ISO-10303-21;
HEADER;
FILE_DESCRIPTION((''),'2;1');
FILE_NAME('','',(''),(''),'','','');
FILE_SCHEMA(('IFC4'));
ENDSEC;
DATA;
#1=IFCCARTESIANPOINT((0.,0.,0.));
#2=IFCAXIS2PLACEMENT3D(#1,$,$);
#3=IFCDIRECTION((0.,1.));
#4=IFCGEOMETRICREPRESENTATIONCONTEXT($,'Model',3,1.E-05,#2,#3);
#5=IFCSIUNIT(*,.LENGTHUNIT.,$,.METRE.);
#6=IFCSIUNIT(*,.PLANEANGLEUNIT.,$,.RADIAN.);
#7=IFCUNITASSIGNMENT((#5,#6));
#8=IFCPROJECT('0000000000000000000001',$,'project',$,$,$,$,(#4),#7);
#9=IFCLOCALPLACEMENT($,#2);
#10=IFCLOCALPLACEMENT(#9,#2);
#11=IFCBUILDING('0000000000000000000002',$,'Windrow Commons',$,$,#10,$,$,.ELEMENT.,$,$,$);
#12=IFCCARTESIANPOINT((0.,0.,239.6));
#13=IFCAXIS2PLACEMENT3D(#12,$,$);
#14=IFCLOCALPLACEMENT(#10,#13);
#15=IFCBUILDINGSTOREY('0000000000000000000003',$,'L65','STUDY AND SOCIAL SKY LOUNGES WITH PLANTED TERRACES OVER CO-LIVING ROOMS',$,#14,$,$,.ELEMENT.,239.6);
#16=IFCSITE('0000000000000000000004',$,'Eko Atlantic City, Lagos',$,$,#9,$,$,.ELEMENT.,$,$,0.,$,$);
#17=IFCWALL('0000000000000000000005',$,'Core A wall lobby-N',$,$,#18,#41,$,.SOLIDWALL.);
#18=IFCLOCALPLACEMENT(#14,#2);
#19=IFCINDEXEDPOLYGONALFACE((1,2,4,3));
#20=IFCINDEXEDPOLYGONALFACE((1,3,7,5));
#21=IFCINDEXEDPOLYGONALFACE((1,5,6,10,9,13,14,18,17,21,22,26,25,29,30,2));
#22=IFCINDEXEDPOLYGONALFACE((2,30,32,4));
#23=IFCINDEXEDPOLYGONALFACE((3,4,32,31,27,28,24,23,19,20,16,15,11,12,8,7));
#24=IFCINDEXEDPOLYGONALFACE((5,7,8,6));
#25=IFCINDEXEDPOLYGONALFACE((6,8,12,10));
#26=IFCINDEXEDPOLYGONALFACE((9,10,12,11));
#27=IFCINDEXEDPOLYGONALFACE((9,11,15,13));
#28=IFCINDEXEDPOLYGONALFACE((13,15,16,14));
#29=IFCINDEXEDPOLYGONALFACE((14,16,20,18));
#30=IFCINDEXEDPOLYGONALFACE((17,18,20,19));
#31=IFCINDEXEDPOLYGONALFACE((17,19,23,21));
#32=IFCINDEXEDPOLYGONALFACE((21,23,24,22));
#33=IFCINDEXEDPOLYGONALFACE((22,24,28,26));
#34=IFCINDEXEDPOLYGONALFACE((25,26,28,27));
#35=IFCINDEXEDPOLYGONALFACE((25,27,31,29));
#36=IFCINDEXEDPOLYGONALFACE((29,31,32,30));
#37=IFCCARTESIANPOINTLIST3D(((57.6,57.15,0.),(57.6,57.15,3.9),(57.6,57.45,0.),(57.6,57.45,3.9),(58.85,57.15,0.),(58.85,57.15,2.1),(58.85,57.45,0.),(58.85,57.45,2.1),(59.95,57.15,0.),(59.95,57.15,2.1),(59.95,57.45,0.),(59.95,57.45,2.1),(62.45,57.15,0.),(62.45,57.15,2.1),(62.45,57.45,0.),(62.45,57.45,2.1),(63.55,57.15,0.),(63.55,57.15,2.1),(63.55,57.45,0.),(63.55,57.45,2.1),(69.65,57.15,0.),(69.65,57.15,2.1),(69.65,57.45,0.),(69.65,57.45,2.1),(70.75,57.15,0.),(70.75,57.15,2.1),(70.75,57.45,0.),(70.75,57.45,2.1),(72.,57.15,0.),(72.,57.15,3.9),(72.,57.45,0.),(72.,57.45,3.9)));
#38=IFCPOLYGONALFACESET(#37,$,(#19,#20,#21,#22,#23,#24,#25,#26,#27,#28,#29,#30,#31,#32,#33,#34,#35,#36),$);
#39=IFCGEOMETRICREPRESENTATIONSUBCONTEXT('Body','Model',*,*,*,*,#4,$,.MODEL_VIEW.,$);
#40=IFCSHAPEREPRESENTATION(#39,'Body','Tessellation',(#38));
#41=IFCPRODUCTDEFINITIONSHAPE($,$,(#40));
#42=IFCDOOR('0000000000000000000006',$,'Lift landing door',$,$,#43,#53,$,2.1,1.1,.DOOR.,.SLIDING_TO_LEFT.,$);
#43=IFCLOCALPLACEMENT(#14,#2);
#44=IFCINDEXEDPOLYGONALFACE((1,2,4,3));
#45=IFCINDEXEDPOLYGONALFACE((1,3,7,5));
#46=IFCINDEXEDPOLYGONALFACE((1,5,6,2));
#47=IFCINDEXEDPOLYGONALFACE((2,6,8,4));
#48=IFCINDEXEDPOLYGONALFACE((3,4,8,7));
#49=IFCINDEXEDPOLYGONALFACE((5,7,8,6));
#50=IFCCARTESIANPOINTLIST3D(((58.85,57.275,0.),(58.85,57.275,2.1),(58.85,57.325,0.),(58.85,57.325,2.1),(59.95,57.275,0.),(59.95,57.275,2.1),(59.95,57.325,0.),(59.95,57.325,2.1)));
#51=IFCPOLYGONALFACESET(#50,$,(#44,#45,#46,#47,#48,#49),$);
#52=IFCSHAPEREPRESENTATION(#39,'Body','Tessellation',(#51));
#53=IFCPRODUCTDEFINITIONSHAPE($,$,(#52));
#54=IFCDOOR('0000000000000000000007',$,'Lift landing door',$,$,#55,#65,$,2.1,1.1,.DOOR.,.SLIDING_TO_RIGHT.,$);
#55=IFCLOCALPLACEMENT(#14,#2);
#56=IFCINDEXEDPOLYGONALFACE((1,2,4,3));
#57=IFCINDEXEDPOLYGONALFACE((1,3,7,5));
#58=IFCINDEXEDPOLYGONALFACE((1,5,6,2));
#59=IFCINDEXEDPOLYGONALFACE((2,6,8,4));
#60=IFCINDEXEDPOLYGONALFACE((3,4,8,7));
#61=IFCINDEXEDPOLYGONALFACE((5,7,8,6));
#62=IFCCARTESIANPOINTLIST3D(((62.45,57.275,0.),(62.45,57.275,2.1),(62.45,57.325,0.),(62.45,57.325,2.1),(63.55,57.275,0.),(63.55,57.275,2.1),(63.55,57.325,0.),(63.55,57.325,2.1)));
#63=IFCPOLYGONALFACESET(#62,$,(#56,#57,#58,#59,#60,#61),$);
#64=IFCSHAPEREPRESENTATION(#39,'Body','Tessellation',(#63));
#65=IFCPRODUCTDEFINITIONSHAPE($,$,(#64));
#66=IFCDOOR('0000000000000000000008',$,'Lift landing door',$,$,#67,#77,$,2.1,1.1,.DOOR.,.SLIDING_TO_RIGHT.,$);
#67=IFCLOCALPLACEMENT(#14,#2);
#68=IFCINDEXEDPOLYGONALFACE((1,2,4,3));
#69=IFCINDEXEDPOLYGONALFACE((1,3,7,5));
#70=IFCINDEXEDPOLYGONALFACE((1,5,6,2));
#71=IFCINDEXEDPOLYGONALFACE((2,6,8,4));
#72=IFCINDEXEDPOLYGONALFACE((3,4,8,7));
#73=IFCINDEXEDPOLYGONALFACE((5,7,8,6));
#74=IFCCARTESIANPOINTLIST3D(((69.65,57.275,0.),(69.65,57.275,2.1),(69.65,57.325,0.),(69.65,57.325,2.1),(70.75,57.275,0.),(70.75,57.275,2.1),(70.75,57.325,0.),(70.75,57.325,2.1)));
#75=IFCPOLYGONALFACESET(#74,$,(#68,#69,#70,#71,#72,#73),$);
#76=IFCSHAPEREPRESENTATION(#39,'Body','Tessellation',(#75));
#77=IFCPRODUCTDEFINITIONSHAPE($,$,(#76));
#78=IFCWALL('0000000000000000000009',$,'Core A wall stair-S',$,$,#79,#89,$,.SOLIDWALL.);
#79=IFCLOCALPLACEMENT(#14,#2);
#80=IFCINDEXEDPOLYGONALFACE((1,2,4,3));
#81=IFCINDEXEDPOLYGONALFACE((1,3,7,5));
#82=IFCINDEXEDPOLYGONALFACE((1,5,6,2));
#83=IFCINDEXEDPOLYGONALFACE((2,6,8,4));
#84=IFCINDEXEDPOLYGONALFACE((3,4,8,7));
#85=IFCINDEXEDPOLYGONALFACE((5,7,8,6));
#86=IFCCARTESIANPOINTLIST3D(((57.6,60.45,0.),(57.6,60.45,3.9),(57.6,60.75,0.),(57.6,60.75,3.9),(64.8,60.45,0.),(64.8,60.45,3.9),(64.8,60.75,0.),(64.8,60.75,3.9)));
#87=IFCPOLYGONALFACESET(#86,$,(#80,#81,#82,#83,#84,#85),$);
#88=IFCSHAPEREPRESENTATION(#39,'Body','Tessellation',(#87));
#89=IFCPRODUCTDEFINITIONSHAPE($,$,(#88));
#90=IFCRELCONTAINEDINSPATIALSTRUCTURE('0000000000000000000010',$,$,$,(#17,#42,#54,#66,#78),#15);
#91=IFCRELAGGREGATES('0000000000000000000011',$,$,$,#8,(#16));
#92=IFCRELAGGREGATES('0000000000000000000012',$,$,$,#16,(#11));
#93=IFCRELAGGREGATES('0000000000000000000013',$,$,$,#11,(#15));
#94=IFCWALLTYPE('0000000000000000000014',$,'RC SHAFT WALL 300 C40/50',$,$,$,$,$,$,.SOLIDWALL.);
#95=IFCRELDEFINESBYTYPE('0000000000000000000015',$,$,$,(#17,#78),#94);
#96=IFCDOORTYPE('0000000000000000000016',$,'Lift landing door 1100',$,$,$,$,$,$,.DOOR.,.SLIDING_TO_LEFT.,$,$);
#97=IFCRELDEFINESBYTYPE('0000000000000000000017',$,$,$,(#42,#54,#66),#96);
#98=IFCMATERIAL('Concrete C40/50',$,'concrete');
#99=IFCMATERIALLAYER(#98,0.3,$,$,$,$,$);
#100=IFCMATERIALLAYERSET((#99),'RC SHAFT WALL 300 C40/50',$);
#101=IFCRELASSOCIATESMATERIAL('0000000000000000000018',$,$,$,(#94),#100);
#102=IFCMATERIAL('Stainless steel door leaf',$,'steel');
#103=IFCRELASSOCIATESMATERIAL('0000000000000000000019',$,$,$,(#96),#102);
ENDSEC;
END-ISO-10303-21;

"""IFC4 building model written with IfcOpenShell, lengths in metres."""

from ifc_helpers import new_model, si_unit, direction, frame, frame_2d, origin, place, context, subcontext, project, spatial, rectangle, extrude, material, layer, layer_set, type_object, element, fill, save


model = new_model("IFC4")

# Units and contexts
model_context = context("Model", 3, precision=1e-05, world=origin(), true_north=direction((0.0, 1.0)))
body_context = subcontext(model_context, "Body", "Model", "MODEL_VIEW")
ifc_project = project(units=[si_unit("LENGTHUNIT", "METRE"), si_unit("PLANEANGLEUNIT", "RADIAN")], contexts=[model_context])

# Site, building, storey
site_placement = place(None, origin())
site = spatial("IfcSite", under=ifc_project, at=site_placement, Name="Eko Atlantic City, Lagos", CompositionType="ELEMENT", RefElevation=0.0)
building_placement = place(site_placement, origin())
building = spatial("IfcBuilding", under=site, at=building_placement, Name="Windrow Commons", CompositionType="ELEMENT")
storey_placement = place(building_placement, frame((0.0, 0.0, 239.6)))
storey = spatial("IfcBuildingStorey", under=building, at=storey_placement, Name="L65", Description="STUDY AND SOCIAL SKY LOUNGES WITH PLANTED TERRACES OVER CO-LIVING ROOMS", CompositionType="ELEMENT", Elevation=239.6)

# Shared definitions
ifc_material_1 = material(Name="Concrete C40/50", Category="concrete")
ifc_layer_1 = layer(ifc_material_1, 0.3)
ifc_layer_set_1 = layer_set([ifc_layer_1], Name="RC SHAFT WALL 300 C40/50")
wall_type_1 = type_object("IfcWallType", Name="RC SHAFT WALL 300 C40/50", PredefinedType="SOLIDWALL", material=ifc_layer_set_1)

# Wall, openings, doors
ifc_material_2 = material(Name="Stainless steel door leaf", Category="steel")
door_type_1 = type_object("IfcDoorType", Name="Lift landing door 1100", OperationType="SLIDING_TO_LEFT", PredefinedType="DOOR", material=ifc_material_2)
wall_1_placement = place(storey_placement, frame((57.6, 57.3, 0.0), z_axis=(0.0, 0.0, 1.0), x_axis=(1.0, 0.0, 0.0)))
wall_1 = element("IfcWall", 1, at=wall_1_placement, inside=storey, type_object=wall_type_1, Name="Core A wall lobby-N", PredefinedType="SOLIDWALL", context=body_context, shape_type="SweptSolid", body=[
    extrude(rectangle(XDim=14.4, YDim=0.3, at=frame_2d((7.2, 0.0))), origin(), (0.0, 0.0, 1.0), 3.9),
])
opening_1_placement = place(wall_1_placement, frame((1.25, 0.0, 0.0)))
opening_1 = element("IfcOpeningElement", 2, at=opening_1_placement, cuts=wall_1, PredefinedType="OPENING", context=body_context, shape_type="SweptSolid", body=[
    extrude(rectangle(XDim=1.1, YDim=2.1, at=frame_2d((0.55, 1.05))), frame((0.0, 0.16, 0.0), z_axis=(0.0, -1.0, 0.0), x_axis=(1.0, 0.0, 0.0)), (0.0, 0.0, 1.0), 0.32),
])
opening_2_placement = place(wall_1_placement, frame((4.85, 0.0, 0.0)))
opening_2 = element("IfcOpeningElement", 3, at=opening_2_placement, cuts=wall_1, PredefinedType="OPENING", context=body_context, shape_type="SweptSolid", body=[
    extrude(rectangle(XDim=1.1, YDim=2.1, at=frame_2d((0.55, 1.05))), frame((0.0, 0.16, 0.0), z_axis=(0.0, -1.0, 0.0), x_axis=(1.0, 0.0, 0.0)), (0.0, 0.0, 1.0), 0.32),
])
opening_3_placement = place(wall_1_placement, frame((12.05, 0.0, 0.0)))
opening_3 = element("IfcOpeningElement", 4, at=opening_3_placement, cuts=wall_1, PredefinedType="OPENING", context=body_context, shape_type="SweptSolid", body=[
    extrude(rectangle(XDim=1.1, YDim=2.1, at=frame_2d((0.55, 1.05))), frame((0.0, 0.16, 0.0), z_axis=(0.0, -1.0, 0.0), x_axis=(1.0, 0.0, 0.0)), (0.0, 0.0, 1.0), 0.32),
])
door_1_placement = place(opening_1_placement, origin())
door_1 = element("IfcDoor", 5, at=door_1_placement, inside=storey, type_object=door_type_1, Name="Lift landing door", OperationType="SLIDING_TO_LEFT", OverallHeight=2.1, OverallWidth=1.1, PredefinedType="DOOR", context=body_context, shape_type="SweptSolid", body=[
    extrude(rectangle(XDim=1.1, YDim=2.1, at=frame_2d((0.55, 1.05))), frame((0.0, 0.025, 0.0), z_axis=(0.0, -1.0, 0.0), x_axis=(1.0, 0.0, 0.0)), (0.0, 0.0, 1.0), 0.05),
])
fill(opening_1, door_1)
door_2_placement = place(opening_2_placement, origin())
door_2 = element("IfcDoor", 6, at=door_2_placement, inside=storey, type_object=door_type_1, Name="Lift landing door", OperationType="SLIDING_TO_RIGHT", OverallHeight=2.1, OverallWidth=1.1, PredefinedType="DOOR", context=body_context, shape_type="SweptSolid", body=[
    extrude(rectangle(XDim=1.1, YDim=2.1, at=frame_2d((0.55, 1.05))), frame((0.0, 0.025, 0.0), z_axis=(0.0, -1.0, 0.0), x_axis=(1.0, 0.0, 0.0)), (0.0, 0.0, 1.0), 0.05),
])
fill(opening_2, door_2)
door_3_placement = place(opening_3_placement, origin())
door_3 = element("IfcDoor", 7, at=door_3_placement, inside=storey, type_object=door_type_1, Name="Lift landing door", OperationType="SLIDING_TO_RIGHT", OverallHeight=2.1, OverallWidth=1.1, PredefinedType="DOOR", context=body_context, shape_type="SweptSolid", body=[
    extrude(rectangle(XDim=1.1, YDim=2.1, at=frame_2d((0.55, 1.05))), frame((0.0, 0.025, 0.0), z_axis=(0.0, -1.0, 0.0), x_axis=(1.0, 0.0, 0.0)), (0.0, 0.0, 1.0), 0.05),
])
fill(opening_3, door_3)

# Wall
wall_2_placement = place(storey_placement, frame((57.6, 60.6, 0.0), z_axis=(0.0, 0.0, 1.0), x_axis=(1.0, 0.0, 0.0)))
element("IfcWall", 8, at=wall_2_placement, inside=storey, type_object=wall_type_1, Name="Core A wall stair-S", PredefinedType="SOLIDWALL", context=body_context, shape_type="SweptSolid", body=[
    extrude(rectangle(XDim=7.2, YDim=0.3, at=frame_2d((3.6, 0.0))), origin(), (0.0, 0.0, 1.0), 3.9),
])

save(model, "model.ifc")
